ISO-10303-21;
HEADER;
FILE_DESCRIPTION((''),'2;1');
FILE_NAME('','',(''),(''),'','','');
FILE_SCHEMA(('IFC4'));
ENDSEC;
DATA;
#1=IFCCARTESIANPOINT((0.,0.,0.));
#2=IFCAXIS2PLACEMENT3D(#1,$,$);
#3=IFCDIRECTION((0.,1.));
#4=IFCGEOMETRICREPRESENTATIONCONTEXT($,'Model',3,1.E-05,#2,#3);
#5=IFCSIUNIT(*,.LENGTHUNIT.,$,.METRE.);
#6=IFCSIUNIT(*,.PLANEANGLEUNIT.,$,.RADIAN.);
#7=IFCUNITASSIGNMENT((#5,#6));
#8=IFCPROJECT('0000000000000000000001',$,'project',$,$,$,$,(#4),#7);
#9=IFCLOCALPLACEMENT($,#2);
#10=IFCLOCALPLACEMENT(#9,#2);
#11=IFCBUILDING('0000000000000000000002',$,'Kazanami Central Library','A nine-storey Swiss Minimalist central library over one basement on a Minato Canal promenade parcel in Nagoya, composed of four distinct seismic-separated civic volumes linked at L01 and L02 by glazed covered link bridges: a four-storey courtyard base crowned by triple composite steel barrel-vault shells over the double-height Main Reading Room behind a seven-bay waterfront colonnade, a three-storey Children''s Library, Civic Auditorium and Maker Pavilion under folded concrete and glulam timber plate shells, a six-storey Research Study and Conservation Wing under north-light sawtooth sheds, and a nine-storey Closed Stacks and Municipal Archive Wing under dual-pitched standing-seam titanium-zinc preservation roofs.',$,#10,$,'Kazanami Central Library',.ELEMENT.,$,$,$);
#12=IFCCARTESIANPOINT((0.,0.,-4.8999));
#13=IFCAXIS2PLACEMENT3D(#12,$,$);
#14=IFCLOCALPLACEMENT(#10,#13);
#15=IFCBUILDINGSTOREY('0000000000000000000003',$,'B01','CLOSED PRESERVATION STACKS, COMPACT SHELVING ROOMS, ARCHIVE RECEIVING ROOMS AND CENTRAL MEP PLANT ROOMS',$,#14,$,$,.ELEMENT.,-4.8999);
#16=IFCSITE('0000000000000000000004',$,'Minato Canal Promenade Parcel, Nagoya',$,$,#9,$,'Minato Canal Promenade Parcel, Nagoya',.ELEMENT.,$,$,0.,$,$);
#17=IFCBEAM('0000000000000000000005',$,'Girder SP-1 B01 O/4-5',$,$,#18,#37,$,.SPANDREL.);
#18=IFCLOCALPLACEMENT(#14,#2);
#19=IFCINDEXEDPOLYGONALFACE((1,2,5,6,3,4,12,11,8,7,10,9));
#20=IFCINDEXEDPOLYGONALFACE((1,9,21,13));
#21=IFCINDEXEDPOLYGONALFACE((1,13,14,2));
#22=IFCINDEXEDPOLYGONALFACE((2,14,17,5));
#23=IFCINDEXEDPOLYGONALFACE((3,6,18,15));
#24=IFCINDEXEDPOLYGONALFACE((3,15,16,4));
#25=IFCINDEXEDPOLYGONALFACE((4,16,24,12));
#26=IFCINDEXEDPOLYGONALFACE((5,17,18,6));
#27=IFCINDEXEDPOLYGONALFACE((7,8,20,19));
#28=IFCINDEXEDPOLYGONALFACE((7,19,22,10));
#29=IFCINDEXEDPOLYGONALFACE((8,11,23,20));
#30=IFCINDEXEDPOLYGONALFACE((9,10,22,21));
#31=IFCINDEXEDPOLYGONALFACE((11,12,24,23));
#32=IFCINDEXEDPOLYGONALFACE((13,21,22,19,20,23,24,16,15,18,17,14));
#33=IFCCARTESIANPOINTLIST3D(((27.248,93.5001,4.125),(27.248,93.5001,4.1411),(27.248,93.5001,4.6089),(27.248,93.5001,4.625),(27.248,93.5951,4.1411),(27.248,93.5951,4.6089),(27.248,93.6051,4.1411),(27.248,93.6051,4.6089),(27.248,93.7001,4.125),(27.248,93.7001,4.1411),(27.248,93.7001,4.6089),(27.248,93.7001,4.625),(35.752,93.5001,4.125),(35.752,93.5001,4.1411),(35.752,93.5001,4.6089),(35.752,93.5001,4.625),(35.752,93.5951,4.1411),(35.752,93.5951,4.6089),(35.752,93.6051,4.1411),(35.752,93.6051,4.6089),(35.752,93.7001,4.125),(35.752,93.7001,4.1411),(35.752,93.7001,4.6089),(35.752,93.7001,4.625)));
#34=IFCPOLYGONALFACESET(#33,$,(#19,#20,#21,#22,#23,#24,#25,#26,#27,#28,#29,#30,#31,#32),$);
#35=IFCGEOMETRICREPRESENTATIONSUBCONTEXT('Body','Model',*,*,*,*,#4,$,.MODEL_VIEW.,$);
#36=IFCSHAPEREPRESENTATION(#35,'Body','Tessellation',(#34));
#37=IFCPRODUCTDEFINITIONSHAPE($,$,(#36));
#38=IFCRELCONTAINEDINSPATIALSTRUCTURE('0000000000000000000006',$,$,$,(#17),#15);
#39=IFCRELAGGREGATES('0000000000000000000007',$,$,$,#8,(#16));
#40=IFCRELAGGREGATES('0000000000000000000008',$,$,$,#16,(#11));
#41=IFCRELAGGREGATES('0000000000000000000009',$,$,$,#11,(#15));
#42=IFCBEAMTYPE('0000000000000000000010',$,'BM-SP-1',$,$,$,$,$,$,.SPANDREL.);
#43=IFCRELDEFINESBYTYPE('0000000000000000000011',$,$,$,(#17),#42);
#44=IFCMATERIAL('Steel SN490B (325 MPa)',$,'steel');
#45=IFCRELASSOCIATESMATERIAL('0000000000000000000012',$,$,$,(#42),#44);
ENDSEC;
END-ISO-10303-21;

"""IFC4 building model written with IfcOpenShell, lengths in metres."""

from ifc_helpers import new_model, si_unit, direction, frame, origin, origin_2d, place, context, subcontext, project, spatial, i_section, extrude, material, material_profile, profile_set, type_object, element, save


model = new_model("IFC4")

# Units and contexts
model_context = context("Model", 3, precision=1e-05, world=origin(), true_north=direction((0.0, 1.0)))
body_context = subcontext(model_context, "Body", "Model", "MODEL_VIEW")
ifc_project = project(units=[si_unit("LENGTHUNIT", "METRE"), si_unit("PLANEANGLEUNIT", "RADIAN")], contexts=[model_context])

# Site, building, storey
site_placement = place(None, origin())
site = spatial("IfcSite", under=ifc_project, at=site_placement, Name="Minato Canal Promenade Parcel, Nagoya", LongName="Minato Canal Promenade Parcel, Nagoya", CompositionType="ELEMENT", RefElevation=0.0)
building_placement = place(site_placement, origin())
building = spatial("IfcBuilding", under=site, at=building_placement, Name="Kazanami Central Library", Description="A nine-storey Swiss Minimalist central library over one basement on a Minato Canal promenade parcel in Nagoya, composed of four distinct seismic-separated civic volumes linked at L01 and L02 by glazed covered link bridges: a four-storey courtyard base crowned by triple composite steel barrel-vault shells over the double-height Main Reading Room behind a seven-bay waterfront colonnade, a three-storey Children's Library, Civic Auditorium and Maker Pavilion under folded concrete and glulam timber plate shells, a six-storey Research Study and Conservation Wing under north-light sawtooth sheds, and a nine-storey Closed Stacks and Municipal Archive Wing under dual-pitched standing-seam titanium-zinc preservation roofs.", LongName="Kazanami Central Library", CompositionType="ELEMENT")
storey_placement = place(building_placement, frame((0.0, 0.0, -4.8999)))
storey = spatial("IfcBuildingStorey", under=building, at=storey_placement, Name="B01", Description="CLOSED PRESERVATION STACKS, COMPACT SHELVING ROOMS, ARCHIVE RECEIVING ROOMS AND CENTRAL MEP PLANT ROOMS", CompositionType="ELEMENT", Elevation=-4.8999)

# Beam
ifc_material_1 = material(Name="Steel SN490B (325 MPa)", Category="steel")
ifc_material_profile_1 = material_profile(ifc_material_1, i_section(OverallWidth=0.2, OverallDepth=0.5, WebThickness=0.01, FlangeThickness=0.0161, at=origin_2d()), Name="H-500x200x10x16")
ifc_profile_set_1 = profile_set([ifc_material_profile_1], Name="Steel SN490B (325 MPa)")
beam_type_1 = type_object("IfcBeamType", Name="BM-SP-1", PredefinedType="SPANDREL", material=ifc_profile_set_1)
for number, where, z_axis, x_axis, name in (
    (1, (27.248, 93.6001, 4.375), (1.0, 0.0, 0.0), (0.0, 1.0, 0.0), "Girder SP-1 B01 O/4-5"),
):
    element("IfcBeam", number, at=place(storey_placement, frame(where, z_axis=z_axis, x_axis=x_axis)), inside=storey, type_object=beam_type_1, Name=name, PredefinedType="SPANDREL", context=body_context, shape_type="SweptSolid", body=[
        extrude(i_section(OverallWidth=0.2, OverallDepth=0.5, WebThickness=0.01, FlangeThickness=0.0161, at=origin_2d()), origin(), (0.0, 0.0, 1.0), 8.5039),
    ])

save(model, "model.ifc")
